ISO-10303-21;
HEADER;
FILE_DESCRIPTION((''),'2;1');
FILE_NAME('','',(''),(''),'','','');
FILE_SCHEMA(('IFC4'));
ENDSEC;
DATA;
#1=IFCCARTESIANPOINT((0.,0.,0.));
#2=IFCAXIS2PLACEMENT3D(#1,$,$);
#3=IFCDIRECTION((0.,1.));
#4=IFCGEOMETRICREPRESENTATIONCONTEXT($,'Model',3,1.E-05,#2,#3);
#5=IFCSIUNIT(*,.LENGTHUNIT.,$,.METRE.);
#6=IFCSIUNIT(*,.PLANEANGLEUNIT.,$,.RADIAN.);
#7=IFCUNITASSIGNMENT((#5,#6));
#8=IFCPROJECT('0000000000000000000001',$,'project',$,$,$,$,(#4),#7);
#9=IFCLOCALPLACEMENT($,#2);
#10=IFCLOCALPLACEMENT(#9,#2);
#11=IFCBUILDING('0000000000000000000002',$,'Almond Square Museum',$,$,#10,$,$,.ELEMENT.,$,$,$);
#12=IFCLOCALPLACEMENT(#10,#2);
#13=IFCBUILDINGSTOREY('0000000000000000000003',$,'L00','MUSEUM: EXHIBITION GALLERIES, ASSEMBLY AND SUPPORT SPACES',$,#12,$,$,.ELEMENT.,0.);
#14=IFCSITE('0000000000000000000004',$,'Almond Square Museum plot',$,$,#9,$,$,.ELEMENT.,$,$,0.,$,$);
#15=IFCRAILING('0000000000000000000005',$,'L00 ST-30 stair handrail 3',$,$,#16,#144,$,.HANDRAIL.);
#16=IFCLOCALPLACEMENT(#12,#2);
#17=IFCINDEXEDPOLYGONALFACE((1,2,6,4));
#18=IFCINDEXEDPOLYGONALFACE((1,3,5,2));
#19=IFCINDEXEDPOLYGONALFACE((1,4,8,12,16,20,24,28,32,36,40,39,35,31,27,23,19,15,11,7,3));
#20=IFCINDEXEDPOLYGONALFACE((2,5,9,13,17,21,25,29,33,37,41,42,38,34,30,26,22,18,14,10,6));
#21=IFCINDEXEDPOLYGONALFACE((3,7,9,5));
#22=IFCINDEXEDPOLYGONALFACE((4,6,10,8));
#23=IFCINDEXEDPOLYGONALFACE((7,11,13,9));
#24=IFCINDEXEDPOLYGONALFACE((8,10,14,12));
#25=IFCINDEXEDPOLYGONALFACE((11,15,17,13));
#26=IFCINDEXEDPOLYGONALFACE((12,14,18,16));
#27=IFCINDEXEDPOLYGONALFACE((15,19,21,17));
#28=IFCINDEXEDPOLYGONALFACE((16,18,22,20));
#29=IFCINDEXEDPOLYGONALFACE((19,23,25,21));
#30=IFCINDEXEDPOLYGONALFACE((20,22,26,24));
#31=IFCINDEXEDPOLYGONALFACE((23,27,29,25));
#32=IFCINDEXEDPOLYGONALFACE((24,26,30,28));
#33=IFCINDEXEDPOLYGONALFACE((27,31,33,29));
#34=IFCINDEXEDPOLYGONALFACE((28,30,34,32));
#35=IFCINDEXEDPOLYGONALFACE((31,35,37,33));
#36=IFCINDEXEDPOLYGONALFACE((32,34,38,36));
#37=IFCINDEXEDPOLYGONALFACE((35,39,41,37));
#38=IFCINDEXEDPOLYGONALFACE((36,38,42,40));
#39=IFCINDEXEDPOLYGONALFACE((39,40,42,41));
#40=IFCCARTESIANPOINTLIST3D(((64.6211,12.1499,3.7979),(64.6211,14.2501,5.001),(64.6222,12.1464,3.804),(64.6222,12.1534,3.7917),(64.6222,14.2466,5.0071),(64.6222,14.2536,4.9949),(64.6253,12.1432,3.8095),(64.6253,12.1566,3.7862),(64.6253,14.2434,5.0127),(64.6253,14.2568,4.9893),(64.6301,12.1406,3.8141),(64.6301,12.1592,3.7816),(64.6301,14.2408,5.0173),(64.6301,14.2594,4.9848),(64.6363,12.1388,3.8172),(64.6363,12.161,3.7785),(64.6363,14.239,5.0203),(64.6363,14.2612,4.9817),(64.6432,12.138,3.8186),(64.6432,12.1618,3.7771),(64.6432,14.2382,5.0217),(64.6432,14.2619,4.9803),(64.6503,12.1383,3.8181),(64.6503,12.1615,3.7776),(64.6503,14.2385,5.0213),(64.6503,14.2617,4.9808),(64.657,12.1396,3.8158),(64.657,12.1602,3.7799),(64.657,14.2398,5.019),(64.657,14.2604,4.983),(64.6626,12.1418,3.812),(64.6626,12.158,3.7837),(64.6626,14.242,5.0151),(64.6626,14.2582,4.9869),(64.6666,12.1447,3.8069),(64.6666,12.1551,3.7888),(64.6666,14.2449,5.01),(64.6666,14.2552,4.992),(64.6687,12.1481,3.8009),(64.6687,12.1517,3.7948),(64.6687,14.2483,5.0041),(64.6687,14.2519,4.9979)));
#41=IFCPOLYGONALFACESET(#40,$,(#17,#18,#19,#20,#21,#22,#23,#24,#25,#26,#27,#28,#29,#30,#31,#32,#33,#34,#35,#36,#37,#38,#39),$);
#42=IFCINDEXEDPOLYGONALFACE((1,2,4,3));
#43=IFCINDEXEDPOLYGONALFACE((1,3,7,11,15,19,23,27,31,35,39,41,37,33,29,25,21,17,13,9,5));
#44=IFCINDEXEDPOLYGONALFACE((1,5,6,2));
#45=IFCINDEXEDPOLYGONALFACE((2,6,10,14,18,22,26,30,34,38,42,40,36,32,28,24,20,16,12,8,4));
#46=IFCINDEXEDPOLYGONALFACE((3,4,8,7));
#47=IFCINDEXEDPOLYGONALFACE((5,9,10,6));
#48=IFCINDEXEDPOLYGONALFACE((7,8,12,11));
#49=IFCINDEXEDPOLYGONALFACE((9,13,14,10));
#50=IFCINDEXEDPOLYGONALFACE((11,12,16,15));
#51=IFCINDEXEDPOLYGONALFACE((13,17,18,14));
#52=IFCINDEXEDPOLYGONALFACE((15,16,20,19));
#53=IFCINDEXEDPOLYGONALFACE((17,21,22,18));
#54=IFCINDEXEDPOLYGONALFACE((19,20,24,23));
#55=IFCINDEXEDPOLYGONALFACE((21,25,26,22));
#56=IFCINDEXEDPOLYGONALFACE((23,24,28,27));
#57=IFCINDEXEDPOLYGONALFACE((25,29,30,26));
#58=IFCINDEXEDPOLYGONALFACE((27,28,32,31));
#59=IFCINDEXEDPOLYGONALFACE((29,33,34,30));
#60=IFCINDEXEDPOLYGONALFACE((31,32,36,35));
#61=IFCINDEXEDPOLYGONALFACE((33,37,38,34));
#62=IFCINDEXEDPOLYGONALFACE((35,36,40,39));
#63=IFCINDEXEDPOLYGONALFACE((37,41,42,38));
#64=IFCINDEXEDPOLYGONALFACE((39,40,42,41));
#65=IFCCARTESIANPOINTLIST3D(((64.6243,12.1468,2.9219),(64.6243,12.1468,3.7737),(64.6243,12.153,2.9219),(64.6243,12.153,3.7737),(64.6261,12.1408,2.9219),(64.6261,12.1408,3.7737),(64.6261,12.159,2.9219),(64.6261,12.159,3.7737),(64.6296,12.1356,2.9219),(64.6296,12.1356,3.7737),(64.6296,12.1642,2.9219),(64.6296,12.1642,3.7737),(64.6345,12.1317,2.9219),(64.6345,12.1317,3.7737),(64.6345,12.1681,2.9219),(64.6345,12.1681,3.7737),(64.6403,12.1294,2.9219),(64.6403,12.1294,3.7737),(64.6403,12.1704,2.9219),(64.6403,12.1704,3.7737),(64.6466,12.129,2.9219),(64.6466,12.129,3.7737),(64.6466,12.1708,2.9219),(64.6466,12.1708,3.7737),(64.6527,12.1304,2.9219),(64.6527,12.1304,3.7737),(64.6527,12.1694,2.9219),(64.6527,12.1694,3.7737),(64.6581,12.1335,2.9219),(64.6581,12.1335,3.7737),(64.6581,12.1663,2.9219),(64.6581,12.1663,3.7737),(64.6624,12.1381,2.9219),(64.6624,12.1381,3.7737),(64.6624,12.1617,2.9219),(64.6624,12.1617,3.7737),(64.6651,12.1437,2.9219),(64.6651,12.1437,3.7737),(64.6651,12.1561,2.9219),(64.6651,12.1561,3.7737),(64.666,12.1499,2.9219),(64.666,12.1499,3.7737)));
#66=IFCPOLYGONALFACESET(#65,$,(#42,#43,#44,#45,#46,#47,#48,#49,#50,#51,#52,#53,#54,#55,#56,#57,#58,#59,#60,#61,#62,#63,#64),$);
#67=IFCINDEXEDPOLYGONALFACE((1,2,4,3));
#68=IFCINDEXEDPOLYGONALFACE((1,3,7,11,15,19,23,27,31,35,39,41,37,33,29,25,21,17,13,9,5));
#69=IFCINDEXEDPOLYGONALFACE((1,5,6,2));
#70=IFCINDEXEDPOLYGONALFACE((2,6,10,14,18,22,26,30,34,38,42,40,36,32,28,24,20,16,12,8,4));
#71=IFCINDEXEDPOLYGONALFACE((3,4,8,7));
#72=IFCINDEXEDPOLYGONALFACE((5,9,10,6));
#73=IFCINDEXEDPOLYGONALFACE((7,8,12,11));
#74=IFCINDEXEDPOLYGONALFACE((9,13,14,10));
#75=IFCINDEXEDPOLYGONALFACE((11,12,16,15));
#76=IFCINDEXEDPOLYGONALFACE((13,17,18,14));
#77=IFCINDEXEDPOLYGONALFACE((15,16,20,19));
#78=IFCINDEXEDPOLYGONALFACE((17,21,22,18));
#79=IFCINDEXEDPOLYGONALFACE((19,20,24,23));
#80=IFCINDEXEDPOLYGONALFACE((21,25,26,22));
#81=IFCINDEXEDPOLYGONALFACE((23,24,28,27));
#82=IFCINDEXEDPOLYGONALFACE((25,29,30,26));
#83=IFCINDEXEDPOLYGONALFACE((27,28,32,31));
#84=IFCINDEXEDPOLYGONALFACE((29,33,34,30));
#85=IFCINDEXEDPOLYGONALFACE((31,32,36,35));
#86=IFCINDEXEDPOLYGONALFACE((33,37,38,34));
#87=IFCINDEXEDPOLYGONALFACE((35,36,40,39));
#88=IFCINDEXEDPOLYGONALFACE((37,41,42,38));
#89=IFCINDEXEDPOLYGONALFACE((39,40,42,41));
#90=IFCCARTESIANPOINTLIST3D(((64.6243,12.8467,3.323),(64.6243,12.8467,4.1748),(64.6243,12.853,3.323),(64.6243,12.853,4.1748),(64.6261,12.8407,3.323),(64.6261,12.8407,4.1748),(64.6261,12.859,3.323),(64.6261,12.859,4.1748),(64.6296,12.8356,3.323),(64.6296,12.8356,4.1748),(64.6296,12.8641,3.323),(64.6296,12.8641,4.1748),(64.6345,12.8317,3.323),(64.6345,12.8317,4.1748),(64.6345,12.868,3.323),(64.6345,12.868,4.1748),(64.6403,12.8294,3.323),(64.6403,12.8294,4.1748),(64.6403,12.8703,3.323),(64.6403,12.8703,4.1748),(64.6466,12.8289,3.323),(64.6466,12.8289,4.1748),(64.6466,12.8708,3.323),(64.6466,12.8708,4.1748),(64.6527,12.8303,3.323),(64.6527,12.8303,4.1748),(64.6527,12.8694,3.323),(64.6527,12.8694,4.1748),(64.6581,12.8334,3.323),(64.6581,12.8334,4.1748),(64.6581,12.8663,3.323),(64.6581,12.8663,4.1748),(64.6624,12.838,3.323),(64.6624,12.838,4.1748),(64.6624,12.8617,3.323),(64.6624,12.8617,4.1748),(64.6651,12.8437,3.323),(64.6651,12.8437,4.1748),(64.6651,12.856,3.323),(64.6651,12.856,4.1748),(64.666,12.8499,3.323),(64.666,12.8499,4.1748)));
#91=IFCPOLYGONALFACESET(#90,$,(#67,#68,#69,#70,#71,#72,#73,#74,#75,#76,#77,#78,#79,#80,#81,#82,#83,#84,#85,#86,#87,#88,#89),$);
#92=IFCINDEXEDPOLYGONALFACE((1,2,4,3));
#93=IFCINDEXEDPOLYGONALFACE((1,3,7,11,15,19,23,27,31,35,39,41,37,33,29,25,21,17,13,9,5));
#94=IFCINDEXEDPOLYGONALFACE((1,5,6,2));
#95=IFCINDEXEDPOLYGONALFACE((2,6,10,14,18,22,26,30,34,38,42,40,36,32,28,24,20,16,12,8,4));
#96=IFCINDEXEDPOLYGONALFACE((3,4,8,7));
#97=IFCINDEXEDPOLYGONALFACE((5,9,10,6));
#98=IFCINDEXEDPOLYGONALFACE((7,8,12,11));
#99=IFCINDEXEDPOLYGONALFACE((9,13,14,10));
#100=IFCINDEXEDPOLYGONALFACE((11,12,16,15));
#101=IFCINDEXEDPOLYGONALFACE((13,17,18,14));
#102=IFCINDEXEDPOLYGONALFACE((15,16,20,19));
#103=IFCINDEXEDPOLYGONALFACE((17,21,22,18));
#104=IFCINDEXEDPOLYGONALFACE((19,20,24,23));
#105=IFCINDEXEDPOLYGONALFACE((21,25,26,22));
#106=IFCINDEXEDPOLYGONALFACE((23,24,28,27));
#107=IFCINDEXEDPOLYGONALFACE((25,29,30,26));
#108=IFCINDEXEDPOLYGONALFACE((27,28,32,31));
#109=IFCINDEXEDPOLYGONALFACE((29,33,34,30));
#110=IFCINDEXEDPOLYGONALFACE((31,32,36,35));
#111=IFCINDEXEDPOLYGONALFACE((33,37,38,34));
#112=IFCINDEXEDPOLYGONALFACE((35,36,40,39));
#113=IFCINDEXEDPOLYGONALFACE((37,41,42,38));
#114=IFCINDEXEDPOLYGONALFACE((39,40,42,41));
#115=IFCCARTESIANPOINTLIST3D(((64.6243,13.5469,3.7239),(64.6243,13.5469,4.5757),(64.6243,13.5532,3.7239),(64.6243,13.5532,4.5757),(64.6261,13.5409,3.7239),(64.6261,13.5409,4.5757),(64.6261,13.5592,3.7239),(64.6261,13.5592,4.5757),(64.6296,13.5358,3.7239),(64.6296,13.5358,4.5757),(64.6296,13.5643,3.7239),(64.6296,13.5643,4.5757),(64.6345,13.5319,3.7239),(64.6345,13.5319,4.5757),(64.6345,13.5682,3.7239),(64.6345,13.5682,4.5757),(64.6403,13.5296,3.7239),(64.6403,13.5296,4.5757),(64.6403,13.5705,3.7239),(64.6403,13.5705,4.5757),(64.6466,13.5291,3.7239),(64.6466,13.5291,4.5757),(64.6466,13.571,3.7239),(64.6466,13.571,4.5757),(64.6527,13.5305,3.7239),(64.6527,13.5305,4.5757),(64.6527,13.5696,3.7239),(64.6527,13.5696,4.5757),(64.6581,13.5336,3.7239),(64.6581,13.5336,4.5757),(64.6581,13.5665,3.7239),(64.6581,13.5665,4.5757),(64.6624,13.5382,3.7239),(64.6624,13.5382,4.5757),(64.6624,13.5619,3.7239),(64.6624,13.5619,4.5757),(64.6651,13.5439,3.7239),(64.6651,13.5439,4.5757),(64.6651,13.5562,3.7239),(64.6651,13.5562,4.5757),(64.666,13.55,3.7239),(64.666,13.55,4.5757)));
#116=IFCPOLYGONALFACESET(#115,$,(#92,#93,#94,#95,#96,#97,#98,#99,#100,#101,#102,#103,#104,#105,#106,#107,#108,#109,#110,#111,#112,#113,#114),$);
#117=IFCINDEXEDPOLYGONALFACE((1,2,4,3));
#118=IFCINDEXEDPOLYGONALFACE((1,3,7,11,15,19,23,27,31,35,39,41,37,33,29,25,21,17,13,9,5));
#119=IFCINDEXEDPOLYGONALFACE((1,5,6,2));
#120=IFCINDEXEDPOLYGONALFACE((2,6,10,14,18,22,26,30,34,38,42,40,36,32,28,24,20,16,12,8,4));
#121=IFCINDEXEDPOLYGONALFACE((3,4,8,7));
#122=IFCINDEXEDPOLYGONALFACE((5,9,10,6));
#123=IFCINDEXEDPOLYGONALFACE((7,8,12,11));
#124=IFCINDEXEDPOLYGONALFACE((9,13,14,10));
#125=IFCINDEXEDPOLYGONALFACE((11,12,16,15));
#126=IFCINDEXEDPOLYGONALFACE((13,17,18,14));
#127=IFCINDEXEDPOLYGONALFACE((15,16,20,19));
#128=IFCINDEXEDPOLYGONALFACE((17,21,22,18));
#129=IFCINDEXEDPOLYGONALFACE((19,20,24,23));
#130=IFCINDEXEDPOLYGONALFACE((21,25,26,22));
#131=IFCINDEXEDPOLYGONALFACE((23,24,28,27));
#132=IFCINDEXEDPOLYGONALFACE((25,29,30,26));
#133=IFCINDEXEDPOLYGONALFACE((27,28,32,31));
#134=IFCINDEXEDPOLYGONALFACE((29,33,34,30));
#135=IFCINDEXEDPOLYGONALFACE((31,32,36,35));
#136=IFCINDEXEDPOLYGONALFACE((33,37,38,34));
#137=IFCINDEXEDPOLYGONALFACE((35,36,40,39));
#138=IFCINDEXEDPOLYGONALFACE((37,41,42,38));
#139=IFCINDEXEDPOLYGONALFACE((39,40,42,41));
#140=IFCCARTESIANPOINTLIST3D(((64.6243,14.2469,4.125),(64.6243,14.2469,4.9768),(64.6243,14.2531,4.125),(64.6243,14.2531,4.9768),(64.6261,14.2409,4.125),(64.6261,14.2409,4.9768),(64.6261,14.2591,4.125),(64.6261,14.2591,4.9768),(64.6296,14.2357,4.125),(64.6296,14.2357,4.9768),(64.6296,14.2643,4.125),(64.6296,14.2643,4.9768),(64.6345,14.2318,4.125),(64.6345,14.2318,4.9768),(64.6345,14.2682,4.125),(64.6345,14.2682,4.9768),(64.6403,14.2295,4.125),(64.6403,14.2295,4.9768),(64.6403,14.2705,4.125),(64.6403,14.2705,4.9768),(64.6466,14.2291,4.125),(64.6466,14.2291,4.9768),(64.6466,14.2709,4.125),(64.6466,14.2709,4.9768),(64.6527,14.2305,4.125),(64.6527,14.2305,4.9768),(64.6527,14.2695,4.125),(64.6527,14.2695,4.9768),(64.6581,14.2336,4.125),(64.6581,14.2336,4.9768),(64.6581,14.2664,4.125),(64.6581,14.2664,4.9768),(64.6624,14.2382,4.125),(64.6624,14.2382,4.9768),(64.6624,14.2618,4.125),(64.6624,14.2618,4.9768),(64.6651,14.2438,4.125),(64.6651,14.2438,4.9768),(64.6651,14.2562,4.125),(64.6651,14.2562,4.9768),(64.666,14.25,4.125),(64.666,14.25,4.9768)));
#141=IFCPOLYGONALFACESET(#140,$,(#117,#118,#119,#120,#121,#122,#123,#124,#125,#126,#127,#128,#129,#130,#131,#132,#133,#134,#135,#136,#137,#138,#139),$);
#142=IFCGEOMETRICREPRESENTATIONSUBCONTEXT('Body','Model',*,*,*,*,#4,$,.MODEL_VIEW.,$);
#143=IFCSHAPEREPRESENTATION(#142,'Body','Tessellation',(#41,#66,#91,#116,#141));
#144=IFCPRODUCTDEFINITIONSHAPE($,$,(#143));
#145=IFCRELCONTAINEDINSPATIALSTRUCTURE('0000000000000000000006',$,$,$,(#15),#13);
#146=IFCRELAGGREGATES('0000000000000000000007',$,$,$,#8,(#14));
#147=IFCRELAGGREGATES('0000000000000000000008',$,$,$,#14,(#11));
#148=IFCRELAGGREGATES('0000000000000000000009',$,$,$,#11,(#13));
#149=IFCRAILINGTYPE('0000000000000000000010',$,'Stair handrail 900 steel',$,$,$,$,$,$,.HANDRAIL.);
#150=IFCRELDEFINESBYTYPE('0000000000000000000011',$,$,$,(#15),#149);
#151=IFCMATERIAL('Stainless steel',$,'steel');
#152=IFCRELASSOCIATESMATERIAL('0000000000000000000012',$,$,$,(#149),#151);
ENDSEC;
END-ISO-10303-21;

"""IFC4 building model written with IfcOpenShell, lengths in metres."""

from ifc_helpers import new_model, si_unit, direction, frame, origin, origin_2d, place, context, subcontext, project, spatial, circle, extrude, material, type_object, element, save


model = new_model("IFC4")

# Units and contexts
model_context = context("Model", 3, precision=1e-05, world=origin(), true_north=direction((0.0, 1.0)))
body_context = subcontext(model_context, "Body", "Model", "MODEL_VIEW")
ifc_project = project(units=[si_unit("LENGTHUNIT", "METRE"), si_unit("PLANEANGLEUNIT", "RADIAN")], contexts=[model_context])

# Site, building, storey
site_placement = place(None, origin())
site = spatial("IfcSite", under=ifc_project, at=site_placement, Name="Almond Square Museum plot", CompositionType="ELEMENT", RefElevation=0.0)
building_placement = place(site_placement, origin())
building = spatial("IfcBuilding", under=site, at=building_placement, Name="Almond Square Museum", CompositionType="ELEMENT")
storey_placement = place(building_placement, origin())
storey = spatial("IfcBuildingStorey", under=building, at=storey_placement, Name="L00", Description="MUSEUM: EXHIBITION GALLERIES, ASSEMBLY AND SUPPORT SPACES", CompositionType="ELEMENT", Elevation=0.0)

# Railing
ifc_material_1 = material(Name="Stainless steel", Category="steel")
railing_type_1 = type_object("IfcRailingType", Name="Stair handrail 900 steel", PredefinedType="HANDRAIL", material=ifc_material_1)
railing_1_placement = place(storey_placement, frame((64.645, 12.1499, 2.9219)))
element("IfcRailing", 1, at=railing_1_placement, inside=storey, type_object=railing_type_1, Name="L00 ST-30 stair handrail 3", PredefinedType="HANDRAIL", context=body_context, shape_type="SweptSolid", body=[
    extrude(circle(Radius=0.0239, at=origin_2d()), frame((0.0, 0.0, 0.876), z_axis=(0.0, 0.867696, 0.497095), x_axis=(-1.0, 0.0, 0.0)), (0.0, 0.0, 1.0), 2.4204),
    extrude(circle(Radius=0.021, at=origin_2d()), origin(), (0.0, 0.0, 1.0), 0.8518),
    extrude(circle(Radius=0.021, at=origin_2d()), frame((0.0, 0.7, 0.4011)), (0.0, 0.0, 1.0), 0.8518),
    extrude(circle(Radius=0.021, at=origin_2d()), frame((0.0, 1.4001, 0.802)), (0.0, 0.0, 1.0), 0.8518),
    extrude(circle(Radius=0.021, at=origin_2d()), frame((0.0, 2.1001, 1.2031)), (0.0, 0.0, 1.0), 0.8518),
])

save(model, "model.ifc")
